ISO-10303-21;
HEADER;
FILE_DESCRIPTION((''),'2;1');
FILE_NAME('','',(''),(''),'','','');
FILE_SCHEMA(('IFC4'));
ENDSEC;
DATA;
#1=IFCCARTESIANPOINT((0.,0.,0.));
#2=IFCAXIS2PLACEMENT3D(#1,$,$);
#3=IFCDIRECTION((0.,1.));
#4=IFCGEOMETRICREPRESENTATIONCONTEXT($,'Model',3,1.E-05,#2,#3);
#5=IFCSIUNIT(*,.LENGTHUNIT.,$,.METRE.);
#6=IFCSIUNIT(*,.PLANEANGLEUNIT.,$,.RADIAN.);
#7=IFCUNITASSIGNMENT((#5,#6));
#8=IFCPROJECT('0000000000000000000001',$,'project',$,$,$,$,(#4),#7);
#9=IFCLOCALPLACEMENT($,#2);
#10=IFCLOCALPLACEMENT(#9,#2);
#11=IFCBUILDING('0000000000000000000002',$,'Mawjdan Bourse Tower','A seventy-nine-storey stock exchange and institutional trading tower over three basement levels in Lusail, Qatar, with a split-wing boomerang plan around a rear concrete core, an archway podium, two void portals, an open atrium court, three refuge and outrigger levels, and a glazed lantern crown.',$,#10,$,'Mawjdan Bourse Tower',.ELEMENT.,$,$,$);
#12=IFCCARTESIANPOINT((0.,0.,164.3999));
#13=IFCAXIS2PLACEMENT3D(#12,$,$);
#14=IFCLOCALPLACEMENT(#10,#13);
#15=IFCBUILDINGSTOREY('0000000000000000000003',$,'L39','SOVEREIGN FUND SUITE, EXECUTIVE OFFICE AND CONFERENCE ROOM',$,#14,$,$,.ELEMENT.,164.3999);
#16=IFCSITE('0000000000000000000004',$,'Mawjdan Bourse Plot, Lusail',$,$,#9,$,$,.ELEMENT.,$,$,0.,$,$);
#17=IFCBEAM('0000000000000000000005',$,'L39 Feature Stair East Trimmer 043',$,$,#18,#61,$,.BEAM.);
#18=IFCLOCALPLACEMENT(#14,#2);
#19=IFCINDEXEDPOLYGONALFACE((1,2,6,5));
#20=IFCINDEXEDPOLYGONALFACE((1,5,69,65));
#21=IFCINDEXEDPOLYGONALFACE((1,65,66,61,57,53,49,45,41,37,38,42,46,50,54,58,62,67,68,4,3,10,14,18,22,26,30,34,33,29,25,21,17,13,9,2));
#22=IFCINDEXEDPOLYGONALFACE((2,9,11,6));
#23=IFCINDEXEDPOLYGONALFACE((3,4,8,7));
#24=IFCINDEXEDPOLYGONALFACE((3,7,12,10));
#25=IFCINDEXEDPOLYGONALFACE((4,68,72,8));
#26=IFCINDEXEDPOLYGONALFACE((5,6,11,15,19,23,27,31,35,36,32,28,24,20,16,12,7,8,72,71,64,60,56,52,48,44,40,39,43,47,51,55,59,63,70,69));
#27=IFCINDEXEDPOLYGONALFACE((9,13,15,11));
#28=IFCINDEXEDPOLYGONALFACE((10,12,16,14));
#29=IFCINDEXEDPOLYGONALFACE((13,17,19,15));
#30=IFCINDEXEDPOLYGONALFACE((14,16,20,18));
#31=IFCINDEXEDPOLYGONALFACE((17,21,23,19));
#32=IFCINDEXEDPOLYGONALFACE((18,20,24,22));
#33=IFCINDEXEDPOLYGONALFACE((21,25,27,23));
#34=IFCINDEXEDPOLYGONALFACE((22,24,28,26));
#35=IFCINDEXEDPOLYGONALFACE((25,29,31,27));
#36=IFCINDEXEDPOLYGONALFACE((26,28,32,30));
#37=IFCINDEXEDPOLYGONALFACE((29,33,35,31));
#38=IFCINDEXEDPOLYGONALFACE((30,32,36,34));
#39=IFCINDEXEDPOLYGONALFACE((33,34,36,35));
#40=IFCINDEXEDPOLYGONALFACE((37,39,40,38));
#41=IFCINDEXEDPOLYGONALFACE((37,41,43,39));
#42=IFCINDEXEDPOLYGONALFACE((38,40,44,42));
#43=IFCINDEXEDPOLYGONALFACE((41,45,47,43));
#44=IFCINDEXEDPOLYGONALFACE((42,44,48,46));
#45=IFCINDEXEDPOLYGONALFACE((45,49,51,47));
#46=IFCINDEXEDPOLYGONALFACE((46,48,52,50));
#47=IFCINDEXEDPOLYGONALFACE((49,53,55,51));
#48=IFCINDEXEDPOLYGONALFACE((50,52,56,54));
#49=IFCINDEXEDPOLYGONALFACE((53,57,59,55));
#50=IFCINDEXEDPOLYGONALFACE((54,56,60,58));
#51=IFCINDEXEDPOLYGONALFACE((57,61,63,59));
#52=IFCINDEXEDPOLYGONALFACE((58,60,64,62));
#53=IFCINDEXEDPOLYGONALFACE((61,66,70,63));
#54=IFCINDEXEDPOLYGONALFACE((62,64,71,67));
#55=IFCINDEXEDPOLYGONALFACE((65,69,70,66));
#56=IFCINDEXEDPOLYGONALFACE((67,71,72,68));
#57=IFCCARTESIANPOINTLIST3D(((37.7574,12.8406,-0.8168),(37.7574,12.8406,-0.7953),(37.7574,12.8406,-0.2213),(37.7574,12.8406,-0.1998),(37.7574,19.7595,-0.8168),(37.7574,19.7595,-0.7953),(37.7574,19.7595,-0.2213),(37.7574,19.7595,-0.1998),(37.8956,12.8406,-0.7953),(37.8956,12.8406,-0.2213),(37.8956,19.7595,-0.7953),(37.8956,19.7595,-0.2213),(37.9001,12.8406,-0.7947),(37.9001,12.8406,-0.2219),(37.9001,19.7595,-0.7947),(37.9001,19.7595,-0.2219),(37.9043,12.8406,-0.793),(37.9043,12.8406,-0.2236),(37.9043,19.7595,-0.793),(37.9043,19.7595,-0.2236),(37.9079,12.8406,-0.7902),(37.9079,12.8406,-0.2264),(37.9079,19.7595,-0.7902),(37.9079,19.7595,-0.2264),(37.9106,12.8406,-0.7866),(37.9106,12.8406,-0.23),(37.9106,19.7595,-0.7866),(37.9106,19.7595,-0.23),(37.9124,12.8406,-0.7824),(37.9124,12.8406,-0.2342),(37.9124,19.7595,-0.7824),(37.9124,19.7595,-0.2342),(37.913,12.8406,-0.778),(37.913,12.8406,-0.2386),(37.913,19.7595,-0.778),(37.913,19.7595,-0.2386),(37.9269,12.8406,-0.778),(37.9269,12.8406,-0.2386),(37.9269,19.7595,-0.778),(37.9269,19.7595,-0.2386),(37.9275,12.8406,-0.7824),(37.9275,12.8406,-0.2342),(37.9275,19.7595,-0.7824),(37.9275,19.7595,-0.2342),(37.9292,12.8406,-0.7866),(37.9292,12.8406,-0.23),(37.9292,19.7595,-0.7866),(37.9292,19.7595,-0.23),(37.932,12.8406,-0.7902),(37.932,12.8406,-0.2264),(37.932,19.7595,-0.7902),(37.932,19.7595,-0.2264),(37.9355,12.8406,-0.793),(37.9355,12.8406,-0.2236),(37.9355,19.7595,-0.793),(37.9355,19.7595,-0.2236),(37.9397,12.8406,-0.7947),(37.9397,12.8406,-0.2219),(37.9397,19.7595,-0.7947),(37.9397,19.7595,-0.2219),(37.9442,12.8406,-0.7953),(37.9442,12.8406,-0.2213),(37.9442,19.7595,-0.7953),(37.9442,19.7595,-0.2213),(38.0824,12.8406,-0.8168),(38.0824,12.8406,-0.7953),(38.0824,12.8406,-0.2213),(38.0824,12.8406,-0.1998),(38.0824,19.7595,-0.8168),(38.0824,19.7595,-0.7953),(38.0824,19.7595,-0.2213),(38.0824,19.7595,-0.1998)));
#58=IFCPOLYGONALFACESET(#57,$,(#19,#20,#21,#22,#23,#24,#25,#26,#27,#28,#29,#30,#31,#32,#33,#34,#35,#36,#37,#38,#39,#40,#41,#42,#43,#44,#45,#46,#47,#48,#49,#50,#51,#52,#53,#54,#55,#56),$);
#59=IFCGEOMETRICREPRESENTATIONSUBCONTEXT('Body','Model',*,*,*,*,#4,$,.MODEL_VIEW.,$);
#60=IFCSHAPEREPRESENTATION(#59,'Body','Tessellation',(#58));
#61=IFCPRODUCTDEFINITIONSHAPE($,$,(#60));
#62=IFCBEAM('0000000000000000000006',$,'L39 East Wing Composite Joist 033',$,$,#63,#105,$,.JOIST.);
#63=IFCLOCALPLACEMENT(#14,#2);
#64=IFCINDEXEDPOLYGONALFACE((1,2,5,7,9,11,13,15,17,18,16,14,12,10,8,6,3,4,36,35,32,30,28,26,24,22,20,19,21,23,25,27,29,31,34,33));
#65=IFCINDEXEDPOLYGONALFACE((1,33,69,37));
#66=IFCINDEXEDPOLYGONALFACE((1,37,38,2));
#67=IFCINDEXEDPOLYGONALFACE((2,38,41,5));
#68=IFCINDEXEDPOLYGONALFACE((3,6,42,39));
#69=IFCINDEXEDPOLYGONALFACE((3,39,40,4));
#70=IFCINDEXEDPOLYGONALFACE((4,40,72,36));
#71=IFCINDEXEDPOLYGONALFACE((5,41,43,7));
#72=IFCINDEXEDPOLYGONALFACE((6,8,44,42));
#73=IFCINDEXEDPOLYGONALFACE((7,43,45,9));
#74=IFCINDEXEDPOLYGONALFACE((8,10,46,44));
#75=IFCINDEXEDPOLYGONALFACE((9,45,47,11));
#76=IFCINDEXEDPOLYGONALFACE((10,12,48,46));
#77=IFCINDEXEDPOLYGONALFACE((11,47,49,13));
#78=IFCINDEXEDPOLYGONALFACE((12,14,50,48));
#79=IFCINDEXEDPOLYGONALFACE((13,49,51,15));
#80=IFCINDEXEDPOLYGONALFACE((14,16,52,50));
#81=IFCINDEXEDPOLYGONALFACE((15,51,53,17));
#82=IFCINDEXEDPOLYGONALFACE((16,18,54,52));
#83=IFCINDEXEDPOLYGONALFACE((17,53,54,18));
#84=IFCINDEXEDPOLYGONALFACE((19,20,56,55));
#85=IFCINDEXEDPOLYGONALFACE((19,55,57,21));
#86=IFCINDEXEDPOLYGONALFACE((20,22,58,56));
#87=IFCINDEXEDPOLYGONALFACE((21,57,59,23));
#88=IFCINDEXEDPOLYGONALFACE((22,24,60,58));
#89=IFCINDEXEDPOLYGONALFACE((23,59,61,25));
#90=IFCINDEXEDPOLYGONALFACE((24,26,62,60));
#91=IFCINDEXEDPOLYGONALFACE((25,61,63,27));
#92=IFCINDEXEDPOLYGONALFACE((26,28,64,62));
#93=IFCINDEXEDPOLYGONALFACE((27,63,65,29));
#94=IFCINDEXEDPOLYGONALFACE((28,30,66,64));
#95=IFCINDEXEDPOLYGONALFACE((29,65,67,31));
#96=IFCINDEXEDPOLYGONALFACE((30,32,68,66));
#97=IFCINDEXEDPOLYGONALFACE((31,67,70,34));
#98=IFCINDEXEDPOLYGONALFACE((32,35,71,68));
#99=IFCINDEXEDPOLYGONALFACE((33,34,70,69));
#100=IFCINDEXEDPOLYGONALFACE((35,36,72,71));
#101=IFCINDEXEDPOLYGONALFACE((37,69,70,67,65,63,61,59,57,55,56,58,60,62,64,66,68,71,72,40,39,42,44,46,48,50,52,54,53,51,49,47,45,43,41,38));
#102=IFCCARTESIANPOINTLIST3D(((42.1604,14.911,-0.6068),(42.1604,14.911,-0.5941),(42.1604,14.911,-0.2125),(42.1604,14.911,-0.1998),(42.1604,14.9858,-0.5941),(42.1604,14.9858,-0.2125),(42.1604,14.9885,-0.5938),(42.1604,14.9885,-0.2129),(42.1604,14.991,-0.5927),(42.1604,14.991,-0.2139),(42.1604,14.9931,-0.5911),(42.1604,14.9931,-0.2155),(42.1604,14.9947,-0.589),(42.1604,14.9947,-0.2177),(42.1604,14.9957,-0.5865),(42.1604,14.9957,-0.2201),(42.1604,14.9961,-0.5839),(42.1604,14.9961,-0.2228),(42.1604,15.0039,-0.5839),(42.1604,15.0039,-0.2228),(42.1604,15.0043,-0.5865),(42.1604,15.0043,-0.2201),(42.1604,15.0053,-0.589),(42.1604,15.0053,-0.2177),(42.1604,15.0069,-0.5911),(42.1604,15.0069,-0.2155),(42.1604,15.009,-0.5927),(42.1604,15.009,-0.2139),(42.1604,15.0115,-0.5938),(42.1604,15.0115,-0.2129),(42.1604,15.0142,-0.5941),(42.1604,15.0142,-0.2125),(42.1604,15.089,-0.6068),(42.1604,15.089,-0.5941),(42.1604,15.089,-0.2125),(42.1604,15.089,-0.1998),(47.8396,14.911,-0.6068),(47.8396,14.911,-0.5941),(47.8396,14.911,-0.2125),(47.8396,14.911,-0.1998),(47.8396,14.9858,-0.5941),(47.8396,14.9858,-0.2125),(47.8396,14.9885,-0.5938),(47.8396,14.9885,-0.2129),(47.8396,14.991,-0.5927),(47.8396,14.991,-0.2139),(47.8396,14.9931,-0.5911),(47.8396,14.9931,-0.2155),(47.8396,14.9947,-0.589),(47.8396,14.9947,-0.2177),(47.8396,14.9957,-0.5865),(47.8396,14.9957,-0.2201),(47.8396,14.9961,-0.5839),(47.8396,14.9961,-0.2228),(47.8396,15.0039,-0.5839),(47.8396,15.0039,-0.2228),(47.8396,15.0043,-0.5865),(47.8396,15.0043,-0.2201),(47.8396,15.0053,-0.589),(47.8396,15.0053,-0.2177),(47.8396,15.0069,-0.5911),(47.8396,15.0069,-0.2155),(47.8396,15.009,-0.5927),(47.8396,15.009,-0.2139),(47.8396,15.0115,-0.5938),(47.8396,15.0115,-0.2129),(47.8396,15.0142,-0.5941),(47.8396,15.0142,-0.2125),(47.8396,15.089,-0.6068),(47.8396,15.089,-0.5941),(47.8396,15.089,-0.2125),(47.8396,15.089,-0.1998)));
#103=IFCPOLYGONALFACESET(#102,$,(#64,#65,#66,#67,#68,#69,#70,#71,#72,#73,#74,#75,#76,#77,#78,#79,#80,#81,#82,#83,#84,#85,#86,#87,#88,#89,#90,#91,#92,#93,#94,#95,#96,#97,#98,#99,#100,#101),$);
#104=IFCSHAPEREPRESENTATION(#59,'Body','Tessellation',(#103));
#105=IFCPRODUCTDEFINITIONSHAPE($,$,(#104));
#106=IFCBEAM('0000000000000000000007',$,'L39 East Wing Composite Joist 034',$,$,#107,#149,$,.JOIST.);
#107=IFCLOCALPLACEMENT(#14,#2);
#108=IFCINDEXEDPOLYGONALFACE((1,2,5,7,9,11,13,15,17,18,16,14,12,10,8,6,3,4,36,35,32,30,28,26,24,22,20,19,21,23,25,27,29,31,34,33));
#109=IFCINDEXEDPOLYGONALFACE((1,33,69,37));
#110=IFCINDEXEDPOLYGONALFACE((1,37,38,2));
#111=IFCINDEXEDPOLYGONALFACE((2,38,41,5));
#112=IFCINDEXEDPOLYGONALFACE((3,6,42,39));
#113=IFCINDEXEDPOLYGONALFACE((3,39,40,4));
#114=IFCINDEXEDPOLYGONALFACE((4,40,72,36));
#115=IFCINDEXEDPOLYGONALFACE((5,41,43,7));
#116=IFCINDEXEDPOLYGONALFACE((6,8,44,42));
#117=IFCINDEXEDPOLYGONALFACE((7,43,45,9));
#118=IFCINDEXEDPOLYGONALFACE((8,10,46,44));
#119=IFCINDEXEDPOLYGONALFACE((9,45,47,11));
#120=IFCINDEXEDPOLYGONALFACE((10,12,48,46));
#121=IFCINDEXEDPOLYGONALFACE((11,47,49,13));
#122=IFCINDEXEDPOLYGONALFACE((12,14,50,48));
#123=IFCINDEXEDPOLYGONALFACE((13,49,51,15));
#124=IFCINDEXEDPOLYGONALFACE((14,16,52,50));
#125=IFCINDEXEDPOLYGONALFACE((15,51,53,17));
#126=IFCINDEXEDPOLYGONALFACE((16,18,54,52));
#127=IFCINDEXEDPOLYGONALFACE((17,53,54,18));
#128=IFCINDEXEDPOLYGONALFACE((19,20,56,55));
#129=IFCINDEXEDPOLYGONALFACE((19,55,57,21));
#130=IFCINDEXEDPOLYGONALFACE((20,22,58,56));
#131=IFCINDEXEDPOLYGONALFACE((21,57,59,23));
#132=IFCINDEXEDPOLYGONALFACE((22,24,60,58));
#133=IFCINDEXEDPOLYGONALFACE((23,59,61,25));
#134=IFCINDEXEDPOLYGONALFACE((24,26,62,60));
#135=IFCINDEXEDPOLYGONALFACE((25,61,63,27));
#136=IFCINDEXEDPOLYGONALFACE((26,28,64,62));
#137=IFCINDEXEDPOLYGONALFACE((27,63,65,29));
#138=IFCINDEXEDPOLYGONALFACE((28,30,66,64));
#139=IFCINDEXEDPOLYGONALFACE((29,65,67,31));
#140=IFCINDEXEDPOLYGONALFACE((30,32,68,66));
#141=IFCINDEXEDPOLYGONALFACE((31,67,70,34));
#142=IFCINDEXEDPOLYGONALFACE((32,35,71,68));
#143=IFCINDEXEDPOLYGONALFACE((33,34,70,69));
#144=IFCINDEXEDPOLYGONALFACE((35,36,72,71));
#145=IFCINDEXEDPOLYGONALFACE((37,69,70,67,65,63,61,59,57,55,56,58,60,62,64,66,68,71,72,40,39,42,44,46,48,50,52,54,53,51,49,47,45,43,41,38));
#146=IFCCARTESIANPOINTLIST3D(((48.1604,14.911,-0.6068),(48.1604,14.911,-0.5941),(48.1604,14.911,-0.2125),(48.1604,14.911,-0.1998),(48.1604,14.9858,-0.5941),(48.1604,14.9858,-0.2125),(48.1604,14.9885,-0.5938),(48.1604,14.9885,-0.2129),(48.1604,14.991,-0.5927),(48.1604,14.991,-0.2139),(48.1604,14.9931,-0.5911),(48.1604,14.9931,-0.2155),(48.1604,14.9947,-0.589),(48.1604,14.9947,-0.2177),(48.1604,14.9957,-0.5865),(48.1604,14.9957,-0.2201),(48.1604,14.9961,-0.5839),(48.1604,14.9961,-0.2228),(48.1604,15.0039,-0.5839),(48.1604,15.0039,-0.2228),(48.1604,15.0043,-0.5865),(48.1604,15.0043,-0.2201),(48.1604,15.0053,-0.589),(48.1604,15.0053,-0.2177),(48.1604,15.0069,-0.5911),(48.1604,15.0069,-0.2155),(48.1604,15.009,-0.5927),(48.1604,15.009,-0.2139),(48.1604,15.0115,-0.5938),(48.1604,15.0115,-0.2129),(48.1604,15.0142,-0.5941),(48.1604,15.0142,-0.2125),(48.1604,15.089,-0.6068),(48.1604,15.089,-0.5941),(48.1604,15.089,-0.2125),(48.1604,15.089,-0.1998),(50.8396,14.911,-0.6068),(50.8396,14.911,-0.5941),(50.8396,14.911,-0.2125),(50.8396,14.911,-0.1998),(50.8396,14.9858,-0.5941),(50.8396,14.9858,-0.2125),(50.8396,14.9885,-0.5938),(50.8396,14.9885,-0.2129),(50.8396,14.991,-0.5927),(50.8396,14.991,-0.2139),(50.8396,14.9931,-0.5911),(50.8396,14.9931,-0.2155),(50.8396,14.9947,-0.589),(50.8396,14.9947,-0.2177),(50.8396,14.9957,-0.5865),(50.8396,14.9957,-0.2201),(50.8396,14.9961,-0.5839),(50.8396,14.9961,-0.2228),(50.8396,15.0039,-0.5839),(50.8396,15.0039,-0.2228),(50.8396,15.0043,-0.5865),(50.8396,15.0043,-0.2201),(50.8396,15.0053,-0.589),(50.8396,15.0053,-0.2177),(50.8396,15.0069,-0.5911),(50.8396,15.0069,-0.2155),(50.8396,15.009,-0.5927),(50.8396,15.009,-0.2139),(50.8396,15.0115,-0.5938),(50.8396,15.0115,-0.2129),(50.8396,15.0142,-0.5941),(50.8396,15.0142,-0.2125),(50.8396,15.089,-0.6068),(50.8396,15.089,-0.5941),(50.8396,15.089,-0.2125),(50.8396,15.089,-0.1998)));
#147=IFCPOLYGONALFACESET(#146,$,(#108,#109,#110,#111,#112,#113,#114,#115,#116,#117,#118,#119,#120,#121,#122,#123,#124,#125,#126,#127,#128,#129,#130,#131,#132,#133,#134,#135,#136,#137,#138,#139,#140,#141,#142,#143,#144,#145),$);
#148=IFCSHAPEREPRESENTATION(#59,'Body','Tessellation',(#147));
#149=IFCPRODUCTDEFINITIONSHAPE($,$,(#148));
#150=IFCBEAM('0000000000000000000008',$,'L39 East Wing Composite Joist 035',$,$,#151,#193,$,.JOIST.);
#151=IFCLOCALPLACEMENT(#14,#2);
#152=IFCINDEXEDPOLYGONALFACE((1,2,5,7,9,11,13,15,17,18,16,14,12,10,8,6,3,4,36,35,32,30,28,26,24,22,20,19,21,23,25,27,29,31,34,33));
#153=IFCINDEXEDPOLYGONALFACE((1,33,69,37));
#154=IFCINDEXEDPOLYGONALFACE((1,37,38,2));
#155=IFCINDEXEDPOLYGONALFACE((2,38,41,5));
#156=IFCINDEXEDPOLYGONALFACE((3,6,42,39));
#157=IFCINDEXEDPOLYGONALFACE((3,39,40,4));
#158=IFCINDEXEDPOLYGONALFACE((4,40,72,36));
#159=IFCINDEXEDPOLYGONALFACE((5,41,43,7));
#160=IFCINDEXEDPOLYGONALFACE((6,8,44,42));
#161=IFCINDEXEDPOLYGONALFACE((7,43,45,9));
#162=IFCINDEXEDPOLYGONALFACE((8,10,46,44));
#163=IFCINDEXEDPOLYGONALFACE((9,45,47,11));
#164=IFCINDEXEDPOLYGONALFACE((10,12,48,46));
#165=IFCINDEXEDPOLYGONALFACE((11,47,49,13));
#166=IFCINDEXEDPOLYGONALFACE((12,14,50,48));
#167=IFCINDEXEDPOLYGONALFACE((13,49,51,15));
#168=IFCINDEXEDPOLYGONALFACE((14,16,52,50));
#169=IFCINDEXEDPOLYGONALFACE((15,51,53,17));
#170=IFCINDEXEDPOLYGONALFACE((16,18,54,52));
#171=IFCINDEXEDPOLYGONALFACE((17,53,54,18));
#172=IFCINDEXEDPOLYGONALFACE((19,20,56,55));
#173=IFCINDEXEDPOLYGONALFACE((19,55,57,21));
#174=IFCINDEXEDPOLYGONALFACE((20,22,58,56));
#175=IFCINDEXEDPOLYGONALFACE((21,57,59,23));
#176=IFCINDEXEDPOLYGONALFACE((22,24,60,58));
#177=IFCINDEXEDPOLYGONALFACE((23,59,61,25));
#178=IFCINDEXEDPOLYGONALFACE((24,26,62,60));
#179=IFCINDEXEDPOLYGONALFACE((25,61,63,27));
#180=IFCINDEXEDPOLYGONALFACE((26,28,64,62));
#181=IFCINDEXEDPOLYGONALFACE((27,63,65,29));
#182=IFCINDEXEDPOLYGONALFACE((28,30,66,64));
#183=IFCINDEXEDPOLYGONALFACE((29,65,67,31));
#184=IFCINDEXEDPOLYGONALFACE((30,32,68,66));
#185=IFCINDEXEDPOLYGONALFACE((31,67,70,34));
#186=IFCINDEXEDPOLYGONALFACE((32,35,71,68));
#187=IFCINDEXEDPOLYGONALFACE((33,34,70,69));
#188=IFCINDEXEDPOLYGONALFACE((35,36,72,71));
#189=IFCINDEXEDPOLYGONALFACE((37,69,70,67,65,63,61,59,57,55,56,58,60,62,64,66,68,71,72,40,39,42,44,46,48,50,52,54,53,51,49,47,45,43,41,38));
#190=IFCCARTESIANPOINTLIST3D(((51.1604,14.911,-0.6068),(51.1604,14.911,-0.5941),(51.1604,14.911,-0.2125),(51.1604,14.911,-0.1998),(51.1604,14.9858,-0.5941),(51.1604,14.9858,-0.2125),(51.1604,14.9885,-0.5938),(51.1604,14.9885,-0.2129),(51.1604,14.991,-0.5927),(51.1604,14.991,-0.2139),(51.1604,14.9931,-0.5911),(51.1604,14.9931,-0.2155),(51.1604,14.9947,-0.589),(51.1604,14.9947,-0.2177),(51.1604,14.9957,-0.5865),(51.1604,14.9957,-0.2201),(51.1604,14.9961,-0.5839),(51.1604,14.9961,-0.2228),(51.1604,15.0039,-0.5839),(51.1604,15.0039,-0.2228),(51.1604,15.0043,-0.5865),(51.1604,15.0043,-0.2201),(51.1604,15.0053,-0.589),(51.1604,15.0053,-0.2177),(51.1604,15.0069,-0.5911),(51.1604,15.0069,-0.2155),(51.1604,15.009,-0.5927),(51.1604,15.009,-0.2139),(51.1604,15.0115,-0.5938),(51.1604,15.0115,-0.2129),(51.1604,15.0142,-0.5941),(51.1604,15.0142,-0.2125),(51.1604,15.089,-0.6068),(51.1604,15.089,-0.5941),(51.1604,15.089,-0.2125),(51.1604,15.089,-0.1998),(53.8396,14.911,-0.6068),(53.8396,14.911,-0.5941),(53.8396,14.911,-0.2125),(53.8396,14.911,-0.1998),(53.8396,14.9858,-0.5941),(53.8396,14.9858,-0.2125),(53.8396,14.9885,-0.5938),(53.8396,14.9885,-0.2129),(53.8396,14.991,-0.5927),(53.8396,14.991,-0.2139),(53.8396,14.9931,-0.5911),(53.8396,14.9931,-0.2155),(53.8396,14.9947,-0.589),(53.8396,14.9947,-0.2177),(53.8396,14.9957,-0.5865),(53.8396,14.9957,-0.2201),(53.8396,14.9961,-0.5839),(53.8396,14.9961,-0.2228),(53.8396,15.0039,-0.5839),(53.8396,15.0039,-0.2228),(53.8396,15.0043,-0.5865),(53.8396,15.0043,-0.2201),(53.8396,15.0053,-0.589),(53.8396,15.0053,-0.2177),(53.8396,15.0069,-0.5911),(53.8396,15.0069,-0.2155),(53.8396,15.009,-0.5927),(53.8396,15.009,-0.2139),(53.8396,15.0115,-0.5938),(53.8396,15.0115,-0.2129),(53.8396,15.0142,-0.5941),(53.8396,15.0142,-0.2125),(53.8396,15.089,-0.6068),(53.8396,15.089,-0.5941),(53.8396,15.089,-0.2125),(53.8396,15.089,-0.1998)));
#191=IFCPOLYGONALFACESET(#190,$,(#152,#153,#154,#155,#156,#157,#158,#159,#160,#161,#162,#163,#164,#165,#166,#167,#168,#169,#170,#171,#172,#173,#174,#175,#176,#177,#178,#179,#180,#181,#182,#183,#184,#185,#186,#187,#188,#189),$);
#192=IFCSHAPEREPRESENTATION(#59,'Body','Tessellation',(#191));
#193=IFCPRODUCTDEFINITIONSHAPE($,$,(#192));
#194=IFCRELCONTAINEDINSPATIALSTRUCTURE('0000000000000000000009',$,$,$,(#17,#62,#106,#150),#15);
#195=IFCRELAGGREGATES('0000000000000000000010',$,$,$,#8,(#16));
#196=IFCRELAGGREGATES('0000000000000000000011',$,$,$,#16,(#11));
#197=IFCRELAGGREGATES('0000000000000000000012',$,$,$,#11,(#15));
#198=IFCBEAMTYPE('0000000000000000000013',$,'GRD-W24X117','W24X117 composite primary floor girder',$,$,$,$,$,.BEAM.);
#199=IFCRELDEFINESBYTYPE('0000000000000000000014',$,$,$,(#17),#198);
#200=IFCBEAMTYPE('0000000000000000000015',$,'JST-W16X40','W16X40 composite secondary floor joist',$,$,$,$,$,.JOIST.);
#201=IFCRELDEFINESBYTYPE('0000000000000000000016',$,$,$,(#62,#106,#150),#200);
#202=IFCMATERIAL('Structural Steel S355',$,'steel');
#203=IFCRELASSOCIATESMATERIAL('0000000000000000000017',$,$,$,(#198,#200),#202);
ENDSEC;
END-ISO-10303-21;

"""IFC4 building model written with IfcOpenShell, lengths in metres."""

from ifc_helpers import new_model, si_unit, direction, frame, origin, origin_2d, place, context, subcontext, project, spatial, i_section, extrude, material, material_profile, profile_set, type_object, element, save


model = new_model("IFC4")

# Units and contexts
model_context = context("Model", 3, precision=1e-05, world=origin(), true_north=direction((0.0, 1.0)))
body_context = subcontext(model_context, "Body", "Model", "MODEL_VIEW")
ifc_project = project(units=[si_unit("LENGTHUNIT", "METRE"), si_unit("PLANEANGLEUNIT", "RADIAN")], contexts=[model_context])

# Site, building, storey
site_placement = place(None, origin())
site = spatial("IfcSite", under=ifc_project, at=site_placement, Name="Mawjdan Bourse Plot, Lusail", CompositionType="ELEMENT", RefElevation=0.0)
building_placement = place(site_placement, origin())
building = spatial("IfcBuilding", under=site, at=building_placement, Name="Mawjdan Bourse Tower", Description="A seventy-nine-storey stock exchange and institutional trading tower over three basement levels in Lusail, Qatar, with a split-wing boomerang plan around a rear concrete core, an archway podium, two void portals, an open atrium court, three refuge and outrigger levels, and a glazed lantern crown.", LongName="Mawjdan Bourse Tower", CompositionType="ELEMENT")
storey_placement = place(building_placement, frame((0.0, 0.0, 164.3999)))
storey = spatial("IfcBuildingStorey", under=building, at=storey_placement, Name="L39", Description="SOVEREIGN FUND SUITE, EXECUTIVE OFFICE AND CONFERENCE ROOM", CompositionType="ELEMENT", Elevation=164.3999)

# Beams
ifc_material_1 = material(Name="Structural Steel S355", Category="steel")
ifc_material_profile_1 = material_profile(ifc_material_1, i_section(OverallWidth=0.325, OverallDepth=0.6169, WebThickness=0.0139, FlangeThickness=0.0215, FilletRadius=0.0173, at=origin_2d()), Name="W24X117")
ifc_profile_set_1 = profile_set([ifc_material_profile_1], Name="Structural Steel S355")
beam_type_1 = type_object("IfcBeamType", Name="GRD-W24X117", Description="W24X117 composite primary floor girder", PredefinedType="BEAM", material=ifc_profile_set_1)
for number, where, z_axis, x_axis, name in (
    (1, (37.9199, 12.8406, -0.5083), (0.0, 1.0, 0.0), (-1.0, 0.0, 0.0), "L39 Feature Stair East Trimmer 043"),
):
    element("IfcBeam", number, at=place(storey_placement, frame(where, z_axis=z_axis, x_axis=x_axis)), inside=storey, type_object=beam_type_1, Name=name, PredefinedType="BEAM", context=body_context, shape_type="SweptSolid", body=[
        extrude(i_section(OverallWidth=0.325, OverallDepth=0.6169, WebThickness=0.0139, FlangeThickness=0.0215, FilletRadius=0.0173, at=origin_2d()), origin(), (0.0, 0.0, 1.0), 6.9189),
    ])
ifc_material_profile_2 = material_profile(ifc_material_1, i_section(OverallWidth=0.178, OverallDepth=0.407, WebThickness=0.0078, FlangeThickness=0.0127, FilletRadius=0.0103, at=origin_2d()), Name="W16X40")
ifc_profile_set_2 = profile_set([ifc_material_profile_2], Name="Structural Steel S355")
beam_type_2 = type_object("IfcBeamType", Name="JST-W16X40", Description="W16X40 composite secondary floor joist", PredefinedType="JOIST", material=ifc_profile_set_2)
beam_1_placement = place(storey_placement, frame((42.1604, 15.0, -0.4033), z_axis=(1.0, 0.0, 0.0), x_axis=(0.0, 1.0, 0.0)))
element("IfcBeam", 2, at=beam_1_placement, inside=storey, type_object=beam_type_2, Name="L39 East Wing Composite Joist 033", PredefinedType="JOIST", context=body_context, shape_type="SweptSolid", body=[
    extrude(i_section(OverallWidth=0.178, OverallDepth=0.407, WebThickness=0.0078, FlangeThickness=0.0127, FilletRadius=0.0103, at=origin_2d()), origin(), (0.0, 0.0, 1.0), 5.6792),
])
for number, where, z_axis, x_axis, name in (
    (3, (48.1604, 15.0, -0.4033), (1.0, 0.0, 0.0), (0.0, 1.0, 0.0), "L39 East Wing Composite Joist 034"),
    (4, (51.1604, 15.0, -0.4033), (1.0, 0.0, 0.0), (0.0, 1.0, 0.0), "L39 East Wing Composite Joist 035"),
):
    element("IfcBeam", number, at=place(storey_placement, frame(where, z_axis=z_axis, x_axis=x_axis)), inside=storey, type_object=beam_type_2, Name=name, PredefinedType="JOIST", context=body_context, shape_type="SweptSolid", body=[
        extrude(i_section(OverallWidth=0.178, OverallDepth=0.407, WebThickness=0.0078, FlangeThickness=0.0127, FilletRadius=0.0103, at=origin_2d()), origin(), (0.0, 0.0, 1.0), 2.6792),
    ])

save(model, "model.ifc")
